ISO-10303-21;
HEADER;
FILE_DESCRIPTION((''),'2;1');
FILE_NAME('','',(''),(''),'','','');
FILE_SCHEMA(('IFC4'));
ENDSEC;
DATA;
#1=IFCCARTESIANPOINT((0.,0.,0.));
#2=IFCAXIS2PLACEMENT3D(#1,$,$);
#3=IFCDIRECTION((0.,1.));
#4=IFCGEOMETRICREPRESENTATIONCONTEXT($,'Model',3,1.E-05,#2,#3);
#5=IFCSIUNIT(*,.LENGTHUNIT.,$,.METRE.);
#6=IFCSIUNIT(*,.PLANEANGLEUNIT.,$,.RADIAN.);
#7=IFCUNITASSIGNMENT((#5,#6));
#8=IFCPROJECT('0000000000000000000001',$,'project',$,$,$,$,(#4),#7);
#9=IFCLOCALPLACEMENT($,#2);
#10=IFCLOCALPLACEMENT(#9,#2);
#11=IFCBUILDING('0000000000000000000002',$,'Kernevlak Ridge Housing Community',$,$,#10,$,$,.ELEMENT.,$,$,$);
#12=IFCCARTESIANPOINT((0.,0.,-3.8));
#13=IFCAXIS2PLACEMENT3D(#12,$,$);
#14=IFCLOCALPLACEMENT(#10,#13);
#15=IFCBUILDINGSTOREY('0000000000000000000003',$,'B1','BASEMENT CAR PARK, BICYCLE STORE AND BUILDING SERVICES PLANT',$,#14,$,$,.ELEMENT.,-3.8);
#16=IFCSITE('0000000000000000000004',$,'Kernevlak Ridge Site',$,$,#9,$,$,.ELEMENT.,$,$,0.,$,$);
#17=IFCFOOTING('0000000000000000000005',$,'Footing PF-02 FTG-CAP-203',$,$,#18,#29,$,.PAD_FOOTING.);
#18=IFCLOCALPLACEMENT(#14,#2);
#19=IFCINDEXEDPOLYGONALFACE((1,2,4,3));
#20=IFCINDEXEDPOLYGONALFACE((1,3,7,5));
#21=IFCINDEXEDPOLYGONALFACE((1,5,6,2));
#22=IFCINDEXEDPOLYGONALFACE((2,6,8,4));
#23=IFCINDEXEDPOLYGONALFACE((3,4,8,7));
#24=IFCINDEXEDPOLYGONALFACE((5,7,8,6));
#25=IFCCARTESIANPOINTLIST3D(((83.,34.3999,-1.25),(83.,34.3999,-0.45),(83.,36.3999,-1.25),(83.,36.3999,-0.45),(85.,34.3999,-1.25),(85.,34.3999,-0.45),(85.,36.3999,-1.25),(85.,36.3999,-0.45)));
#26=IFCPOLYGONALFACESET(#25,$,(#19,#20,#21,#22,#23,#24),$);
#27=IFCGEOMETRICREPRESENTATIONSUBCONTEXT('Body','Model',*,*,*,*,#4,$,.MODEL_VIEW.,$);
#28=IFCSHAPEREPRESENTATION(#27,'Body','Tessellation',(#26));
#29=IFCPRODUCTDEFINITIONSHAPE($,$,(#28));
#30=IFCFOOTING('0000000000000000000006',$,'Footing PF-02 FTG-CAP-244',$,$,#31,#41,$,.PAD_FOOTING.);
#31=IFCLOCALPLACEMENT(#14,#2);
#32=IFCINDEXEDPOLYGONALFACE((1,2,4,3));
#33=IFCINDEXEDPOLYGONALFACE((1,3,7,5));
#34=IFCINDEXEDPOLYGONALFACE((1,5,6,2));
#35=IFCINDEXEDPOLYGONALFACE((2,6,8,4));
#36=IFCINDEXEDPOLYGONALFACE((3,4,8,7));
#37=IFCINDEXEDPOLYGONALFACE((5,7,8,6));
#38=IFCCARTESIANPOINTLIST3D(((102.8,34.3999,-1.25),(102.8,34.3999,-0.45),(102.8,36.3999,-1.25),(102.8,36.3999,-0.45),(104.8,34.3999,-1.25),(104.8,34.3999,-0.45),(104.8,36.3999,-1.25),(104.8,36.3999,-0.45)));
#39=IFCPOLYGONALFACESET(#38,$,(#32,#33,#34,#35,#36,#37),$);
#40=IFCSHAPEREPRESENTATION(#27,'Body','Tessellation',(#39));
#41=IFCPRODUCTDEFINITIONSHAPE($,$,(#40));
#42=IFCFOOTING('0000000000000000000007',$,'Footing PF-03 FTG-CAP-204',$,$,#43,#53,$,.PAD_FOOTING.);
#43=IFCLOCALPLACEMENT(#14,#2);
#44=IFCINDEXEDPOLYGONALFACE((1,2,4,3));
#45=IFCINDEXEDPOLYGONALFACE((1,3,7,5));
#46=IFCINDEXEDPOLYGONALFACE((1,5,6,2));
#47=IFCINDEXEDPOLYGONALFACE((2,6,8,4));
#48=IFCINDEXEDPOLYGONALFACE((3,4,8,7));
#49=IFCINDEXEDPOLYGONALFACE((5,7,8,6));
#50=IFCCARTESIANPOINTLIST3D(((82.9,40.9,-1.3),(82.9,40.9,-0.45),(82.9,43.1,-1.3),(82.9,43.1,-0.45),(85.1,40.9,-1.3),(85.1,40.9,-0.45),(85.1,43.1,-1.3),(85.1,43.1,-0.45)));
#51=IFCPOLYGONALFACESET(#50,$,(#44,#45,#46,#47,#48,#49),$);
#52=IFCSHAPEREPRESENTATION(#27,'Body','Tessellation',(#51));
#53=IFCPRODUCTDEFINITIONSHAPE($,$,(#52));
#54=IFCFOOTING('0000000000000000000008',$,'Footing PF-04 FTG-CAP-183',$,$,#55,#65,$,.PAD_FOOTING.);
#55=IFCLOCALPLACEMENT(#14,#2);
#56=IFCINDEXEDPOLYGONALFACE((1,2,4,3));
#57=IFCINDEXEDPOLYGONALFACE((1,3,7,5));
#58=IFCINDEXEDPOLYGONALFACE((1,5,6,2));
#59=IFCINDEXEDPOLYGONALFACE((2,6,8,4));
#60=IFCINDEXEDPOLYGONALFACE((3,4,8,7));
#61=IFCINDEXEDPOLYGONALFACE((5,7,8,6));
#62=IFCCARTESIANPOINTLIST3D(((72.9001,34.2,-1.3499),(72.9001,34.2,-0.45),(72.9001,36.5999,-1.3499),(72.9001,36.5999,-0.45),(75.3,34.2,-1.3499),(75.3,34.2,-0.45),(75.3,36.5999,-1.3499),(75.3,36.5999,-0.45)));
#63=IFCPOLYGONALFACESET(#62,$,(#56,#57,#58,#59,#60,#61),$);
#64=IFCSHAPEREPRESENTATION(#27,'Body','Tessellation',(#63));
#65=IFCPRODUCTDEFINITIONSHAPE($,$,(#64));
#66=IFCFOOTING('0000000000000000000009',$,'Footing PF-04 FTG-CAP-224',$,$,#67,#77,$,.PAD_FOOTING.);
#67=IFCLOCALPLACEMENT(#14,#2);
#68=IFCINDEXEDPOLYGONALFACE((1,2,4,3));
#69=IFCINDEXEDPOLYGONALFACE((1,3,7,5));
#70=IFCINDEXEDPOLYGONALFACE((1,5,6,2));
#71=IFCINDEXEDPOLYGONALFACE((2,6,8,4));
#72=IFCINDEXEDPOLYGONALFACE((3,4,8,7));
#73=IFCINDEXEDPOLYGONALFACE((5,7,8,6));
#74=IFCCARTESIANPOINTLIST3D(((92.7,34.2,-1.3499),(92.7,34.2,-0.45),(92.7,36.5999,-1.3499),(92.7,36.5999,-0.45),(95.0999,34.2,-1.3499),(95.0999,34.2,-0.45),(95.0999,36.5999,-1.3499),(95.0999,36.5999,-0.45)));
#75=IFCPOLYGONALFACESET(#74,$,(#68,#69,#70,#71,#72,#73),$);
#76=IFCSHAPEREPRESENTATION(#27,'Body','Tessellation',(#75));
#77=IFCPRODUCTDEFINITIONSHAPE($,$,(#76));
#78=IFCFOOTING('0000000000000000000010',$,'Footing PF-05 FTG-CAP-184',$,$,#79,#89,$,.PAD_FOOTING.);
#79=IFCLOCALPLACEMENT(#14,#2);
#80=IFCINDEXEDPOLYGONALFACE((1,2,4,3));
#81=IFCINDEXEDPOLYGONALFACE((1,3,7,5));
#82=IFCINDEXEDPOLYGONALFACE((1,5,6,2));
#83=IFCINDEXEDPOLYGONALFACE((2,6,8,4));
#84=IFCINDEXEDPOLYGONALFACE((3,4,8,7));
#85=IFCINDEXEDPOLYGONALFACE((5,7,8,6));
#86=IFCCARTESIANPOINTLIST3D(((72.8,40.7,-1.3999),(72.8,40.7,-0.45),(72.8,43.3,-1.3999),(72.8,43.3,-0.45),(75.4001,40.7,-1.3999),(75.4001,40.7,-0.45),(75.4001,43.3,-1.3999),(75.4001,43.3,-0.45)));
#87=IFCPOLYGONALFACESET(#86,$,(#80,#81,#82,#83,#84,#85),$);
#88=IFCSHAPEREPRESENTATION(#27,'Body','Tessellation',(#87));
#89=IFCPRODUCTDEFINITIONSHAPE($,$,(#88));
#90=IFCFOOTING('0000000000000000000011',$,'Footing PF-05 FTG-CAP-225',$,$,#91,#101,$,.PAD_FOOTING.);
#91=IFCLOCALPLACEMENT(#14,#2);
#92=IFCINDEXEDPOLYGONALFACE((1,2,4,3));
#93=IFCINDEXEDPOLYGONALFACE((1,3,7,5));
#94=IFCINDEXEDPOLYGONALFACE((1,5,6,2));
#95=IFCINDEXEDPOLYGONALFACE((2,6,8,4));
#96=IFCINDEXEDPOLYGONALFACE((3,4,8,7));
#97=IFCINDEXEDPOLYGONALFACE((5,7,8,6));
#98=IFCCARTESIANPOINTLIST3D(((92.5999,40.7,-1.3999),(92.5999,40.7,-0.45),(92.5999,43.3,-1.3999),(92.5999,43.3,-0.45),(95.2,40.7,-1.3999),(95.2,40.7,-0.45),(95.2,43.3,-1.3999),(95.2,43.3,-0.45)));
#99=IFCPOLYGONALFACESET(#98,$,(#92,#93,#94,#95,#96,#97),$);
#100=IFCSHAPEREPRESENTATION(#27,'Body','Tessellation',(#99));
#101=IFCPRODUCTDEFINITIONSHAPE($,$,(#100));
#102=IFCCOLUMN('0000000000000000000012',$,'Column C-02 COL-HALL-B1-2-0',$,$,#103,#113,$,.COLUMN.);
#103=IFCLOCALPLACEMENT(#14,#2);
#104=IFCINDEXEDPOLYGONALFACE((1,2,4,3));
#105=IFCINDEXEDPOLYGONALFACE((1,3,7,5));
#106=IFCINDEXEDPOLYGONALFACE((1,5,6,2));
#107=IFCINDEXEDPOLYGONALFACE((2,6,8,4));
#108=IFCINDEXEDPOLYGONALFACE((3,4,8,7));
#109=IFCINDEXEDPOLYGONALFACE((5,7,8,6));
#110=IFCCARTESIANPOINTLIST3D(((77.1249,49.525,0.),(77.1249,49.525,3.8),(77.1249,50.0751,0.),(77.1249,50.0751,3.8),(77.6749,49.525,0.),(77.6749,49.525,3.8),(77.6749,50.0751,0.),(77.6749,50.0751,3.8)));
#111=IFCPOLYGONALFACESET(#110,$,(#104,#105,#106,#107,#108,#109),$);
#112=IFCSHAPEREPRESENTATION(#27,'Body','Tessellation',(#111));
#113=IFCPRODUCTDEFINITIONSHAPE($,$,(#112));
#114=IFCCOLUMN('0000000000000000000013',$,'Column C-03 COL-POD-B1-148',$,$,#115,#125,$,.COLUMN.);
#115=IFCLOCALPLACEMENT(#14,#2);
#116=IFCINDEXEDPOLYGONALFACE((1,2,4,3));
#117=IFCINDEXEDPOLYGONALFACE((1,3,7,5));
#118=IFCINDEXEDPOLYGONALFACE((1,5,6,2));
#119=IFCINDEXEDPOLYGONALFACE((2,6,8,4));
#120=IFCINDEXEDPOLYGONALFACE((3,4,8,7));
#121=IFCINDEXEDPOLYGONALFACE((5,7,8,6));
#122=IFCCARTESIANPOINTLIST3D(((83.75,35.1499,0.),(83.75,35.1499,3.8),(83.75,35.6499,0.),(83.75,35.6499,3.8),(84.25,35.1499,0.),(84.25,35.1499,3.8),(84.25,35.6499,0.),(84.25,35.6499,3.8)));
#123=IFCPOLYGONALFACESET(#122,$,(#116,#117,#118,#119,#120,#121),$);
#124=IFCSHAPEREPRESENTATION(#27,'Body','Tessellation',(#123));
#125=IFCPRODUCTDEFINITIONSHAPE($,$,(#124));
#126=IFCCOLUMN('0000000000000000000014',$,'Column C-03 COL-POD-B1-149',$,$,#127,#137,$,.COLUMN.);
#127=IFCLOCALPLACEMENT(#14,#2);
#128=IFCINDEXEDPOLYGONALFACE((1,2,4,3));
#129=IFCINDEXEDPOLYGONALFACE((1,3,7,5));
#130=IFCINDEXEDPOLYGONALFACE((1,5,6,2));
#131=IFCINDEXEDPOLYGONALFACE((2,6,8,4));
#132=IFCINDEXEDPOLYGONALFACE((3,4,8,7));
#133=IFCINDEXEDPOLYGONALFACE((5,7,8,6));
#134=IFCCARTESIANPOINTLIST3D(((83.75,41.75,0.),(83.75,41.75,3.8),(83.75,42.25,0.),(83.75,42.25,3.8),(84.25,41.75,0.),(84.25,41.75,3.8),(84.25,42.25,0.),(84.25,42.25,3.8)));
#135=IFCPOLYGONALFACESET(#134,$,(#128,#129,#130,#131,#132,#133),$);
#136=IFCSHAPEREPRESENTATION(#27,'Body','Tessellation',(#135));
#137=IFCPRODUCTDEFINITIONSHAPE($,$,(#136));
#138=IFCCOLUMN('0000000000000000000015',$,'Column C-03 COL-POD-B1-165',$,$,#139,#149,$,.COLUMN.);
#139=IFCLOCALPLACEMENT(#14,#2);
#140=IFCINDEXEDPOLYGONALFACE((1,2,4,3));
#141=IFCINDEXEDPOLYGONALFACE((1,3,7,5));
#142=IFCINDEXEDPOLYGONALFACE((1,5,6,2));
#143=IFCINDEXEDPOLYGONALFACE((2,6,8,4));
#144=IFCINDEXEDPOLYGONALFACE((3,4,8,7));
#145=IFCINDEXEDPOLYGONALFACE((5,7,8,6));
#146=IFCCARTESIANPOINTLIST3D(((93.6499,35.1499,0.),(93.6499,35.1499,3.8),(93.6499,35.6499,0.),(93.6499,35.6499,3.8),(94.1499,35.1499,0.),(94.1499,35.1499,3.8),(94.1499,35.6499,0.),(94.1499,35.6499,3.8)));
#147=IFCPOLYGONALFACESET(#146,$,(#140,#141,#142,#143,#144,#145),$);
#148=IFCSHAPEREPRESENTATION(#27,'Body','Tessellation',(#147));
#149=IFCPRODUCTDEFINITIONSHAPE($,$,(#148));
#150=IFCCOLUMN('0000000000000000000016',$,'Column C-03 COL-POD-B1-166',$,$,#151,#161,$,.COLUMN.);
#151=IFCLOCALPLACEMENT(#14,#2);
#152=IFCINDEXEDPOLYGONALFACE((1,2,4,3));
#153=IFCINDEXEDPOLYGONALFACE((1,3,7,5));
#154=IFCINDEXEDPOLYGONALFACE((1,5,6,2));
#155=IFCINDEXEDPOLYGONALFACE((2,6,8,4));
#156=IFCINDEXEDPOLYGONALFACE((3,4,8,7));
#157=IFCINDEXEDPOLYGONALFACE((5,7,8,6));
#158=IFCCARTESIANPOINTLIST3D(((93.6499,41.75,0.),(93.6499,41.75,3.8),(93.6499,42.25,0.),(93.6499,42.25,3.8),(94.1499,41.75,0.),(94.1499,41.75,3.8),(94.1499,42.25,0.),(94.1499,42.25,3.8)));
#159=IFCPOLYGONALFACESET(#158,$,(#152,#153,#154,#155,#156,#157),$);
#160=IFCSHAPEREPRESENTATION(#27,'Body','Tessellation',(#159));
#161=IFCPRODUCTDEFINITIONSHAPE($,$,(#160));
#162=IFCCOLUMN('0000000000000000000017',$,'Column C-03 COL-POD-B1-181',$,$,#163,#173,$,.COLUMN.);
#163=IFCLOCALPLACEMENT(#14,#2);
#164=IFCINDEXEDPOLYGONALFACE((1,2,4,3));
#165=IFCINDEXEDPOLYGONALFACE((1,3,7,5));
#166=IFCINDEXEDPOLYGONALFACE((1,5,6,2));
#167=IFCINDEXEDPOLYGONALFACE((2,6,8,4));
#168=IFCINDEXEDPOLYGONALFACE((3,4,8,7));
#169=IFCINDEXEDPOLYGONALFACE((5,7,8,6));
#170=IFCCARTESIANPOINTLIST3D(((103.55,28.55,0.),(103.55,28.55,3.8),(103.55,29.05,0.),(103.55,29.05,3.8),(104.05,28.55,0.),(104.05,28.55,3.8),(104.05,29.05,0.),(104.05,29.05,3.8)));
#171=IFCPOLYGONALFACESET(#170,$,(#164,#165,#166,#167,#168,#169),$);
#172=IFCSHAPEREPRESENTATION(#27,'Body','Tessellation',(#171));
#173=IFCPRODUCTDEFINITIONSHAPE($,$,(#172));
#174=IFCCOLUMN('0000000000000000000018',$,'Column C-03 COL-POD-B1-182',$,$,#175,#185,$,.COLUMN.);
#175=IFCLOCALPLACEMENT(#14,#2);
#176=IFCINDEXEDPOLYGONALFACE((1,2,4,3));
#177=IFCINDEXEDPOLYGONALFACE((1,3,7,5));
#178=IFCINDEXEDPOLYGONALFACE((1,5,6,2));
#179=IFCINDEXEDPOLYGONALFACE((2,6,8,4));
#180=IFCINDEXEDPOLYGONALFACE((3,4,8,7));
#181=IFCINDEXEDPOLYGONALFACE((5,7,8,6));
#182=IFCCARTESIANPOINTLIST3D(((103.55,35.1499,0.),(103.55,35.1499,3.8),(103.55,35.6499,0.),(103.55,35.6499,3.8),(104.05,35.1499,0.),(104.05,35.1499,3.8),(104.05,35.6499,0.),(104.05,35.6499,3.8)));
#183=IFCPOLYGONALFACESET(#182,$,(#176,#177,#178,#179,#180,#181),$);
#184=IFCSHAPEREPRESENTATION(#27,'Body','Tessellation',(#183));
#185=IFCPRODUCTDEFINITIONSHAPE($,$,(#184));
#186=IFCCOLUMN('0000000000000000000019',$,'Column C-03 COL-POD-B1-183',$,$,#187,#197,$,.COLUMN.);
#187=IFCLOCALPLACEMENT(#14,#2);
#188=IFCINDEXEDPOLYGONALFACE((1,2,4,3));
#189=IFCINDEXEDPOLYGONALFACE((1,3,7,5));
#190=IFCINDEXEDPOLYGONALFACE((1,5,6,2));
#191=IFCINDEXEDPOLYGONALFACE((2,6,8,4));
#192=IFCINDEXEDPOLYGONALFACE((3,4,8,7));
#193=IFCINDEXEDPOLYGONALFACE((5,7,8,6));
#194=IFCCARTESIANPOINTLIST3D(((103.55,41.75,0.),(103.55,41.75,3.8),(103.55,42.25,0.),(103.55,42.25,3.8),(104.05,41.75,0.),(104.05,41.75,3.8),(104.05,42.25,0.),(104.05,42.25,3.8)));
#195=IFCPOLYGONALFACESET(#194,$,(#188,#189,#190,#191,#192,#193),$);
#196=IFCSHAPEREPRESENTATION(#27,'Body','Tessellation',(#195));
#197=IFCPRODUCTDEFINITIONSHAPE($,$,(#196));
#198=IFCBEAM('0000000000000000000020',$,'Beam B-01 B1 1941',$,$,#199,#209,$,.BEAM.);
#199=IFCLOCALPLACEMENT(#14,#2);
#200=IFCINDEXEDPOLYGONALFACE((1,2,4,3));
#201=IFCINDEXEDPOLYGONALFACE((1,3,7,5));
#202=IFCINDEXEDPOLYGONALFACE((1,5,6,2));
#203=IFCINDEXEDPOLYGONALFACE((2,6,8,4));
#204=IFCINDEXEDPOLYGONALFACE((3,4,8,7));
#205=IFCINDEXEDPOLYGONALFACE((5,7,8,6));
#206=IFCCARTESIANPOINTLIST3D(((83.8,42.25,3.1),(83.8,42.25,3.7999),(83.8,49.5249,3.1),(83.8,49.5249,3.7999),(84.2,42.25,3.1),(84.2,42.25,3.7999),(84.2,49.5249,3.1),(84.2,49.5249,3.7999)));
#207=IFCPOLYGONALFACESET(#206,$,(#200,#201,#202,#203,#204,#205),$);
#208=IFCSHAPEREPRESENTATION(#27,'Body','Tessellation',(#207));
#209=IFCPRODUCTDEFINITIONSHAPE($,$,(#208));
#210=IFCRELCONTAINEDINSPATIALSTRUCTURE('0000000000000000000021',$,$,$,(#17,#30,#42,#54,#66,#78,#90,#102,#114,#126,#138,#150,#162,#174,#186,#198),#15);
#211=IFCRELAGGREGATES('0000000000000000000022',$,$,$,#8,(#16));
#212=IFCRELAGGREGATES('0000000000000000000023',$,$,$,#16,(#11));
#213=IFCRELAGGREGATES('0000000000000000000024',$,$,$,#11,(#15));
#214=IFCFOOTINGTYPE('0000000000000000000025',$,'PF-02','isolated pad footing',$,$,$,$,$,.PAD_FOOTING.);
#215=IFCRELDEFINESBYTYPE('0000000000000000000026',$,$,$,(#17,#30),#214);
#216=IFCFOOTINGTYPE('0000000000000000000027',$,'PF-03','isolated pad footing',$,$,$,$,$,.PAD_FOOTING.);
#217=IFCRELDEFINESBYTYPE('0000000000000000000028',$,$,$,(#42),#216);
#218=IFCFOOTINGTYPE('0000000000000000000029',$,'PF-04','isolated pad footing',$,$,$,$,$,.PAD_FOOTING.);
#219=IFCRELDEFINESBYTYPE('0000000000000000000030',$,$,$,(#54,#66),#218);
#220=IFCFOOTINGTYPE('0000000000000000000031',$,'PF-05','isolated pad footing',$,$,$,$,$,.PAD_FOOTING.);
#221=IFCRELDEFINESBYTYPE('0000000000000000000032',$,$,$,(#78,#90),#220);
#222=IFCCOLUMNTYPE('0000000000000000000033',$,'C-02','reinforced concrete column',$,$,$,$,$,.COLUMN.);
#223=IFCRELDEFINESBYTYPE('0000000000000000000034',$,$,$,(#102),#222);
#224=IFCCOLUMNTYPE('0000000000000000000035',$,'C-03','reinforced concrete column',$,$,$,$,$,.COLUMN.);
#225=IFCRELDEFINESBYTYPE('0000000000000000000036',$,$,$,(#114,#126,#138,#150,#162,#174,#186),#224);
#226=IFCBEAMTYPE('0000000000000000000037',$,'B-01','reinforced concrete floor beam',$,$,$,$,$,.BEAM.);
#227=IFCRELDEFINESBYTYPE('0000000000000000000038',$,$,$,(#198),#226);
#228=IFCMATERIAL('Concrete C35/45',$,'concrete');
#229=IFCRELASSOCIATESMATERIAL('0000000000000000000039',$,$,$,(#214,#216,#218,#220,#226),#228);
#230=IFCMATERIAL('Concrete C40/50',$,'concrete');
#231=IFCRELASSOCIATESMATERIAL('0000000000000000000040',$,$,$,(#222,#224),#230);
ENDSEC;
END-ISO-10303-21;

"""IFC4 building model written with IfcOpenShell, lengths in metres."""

from ifc_helpers import new_model, si_unit, direction, frame, origin, origin_2d, place, context, subcontext, project, spatial, rectangle, extrude, material, material_profile, profile_set, type_object, element, save


model = new_model("IFC4")

# Units and contexts
model_context = context("Model", 3, precision=1e-05, world=origin(), true_north=direction((0.0, 1.0)))
body_context = subcontext(model_context, "Body", "Model", "MODEL_VIEW")
ifc_project = project(units=[si_unit("LENGTHUNIT", "METRE"), si_unit("PLANEANGLEUNIT", "RADIAN")], contexts=[model_context])

# Site, building, storey
site_placement = place(None, origin())
site = spatial("IfcSite", under=ifc_project, at=site_placement, Name="Kernevlak Ridge Site", CompositionType="ELEMENT", RefElevation=0.0)
building_placement = place(site_placement, origin())
building = spatial("IfcBuilding", under=site, at=building_placement, Name="Kernevlak Ridge Housing Community", CompositionType="ELEMENT")
storey_placement = place(building_placement, frame((0.0, 0.0, -3.8)))
storey = spatial("IfcBuildingStorey", under=building, at=storey_placement, Name="B1", Description="BASEMENT CAR PARK, BICYCLE STORE AND BUILDING SERVICES PLANT", CompositionType="ELEMENT", Elevation=-3.8)

# Shared definitions
ifc_material_1 = material(Name="Concrete C35/45", Category="concrete")

# Footings
footing_type_1 = type_object("IfcFootingType", Name="PF-02", Description="isolated pad footing", PredefinedType="PAD_FOOTING", material=ifc_material_1)
for number, where, z_axis, x_axis, name in (
    (1, (84.0, 35.3999, -1.25), (0.0, 0.0, 1.0), (1.0, 0.0, 0.0), "Footing PF-02 FTG-CAP-203"),
    (2, (103.8, 35.3999, -1.25), (0.0, 0.0, 1.0), (1.0, 0.0, 0.0), "Footing PF-02 FTG-CAP-244"),
):
    element("IfcFooting", number, at=place(storey_placement, frame(where, z_axis=z_axis, x_axis=x_axis)), inside=storey, type_object=footing_type_1, Name=name, PredefinedType="PAD_FOOTING", context=body_context, shape_type="SweptSolid", body=[
        extrude(rectangle(XDim=2.0, YDim=2.0, at=origin_2d()), origin(), (0.0, 0.0, 1.0), 0.8),
    ])
footing_type_2 = type_object("IfcFootingType", Name="PF-03", Description="isolated pad footing", PredefinedType="PAD_FOOTING", material=ifc_material_1)
footing_1_placement = place(storey_placement, frame((84.0, 42.0, -1.3), z_axis=(0.0, 0.0, 1.0), x_axis=(1.0, 0.0, 0.0)))
element("IfcFooting", 3, at=footing_1_placement, inside=storey, type_object=footing_type_2, Name="Footing PF-03 FTG-CAP-204", PredefinedType="PAD_FOOTING", context=body_context, shape_type="SweptSolid", body=[
    extrude(rectangle(XDim=2.2, YDim=2.2, at=origin_2d()), origin(), (0.0, 0.0, 1.0), 0.8501),
])
footing_type_3 = type_object("IfcFootingType", Name="PF-04", Description="isolated pad footing", PredefinedType="PAD_FOOTING", material=ifc_material_1)
for number, where, z_axis, x_axis, name in (
    (4, (74.1001, 35.3999, -1.3499), (0.0, 0.0, 1.0), (1.0, 0.0, 0.0), "Footing PF-04 FTG-CAP-183"),
    (5, (93.8999, 35.3999, -1.3499), (0.0, 0.0, 1.0), (1.0, 0.0, 0.0), "Footing PF-04 FTG-CAP-224"),
):
    element("IfcFooting", number, at=place(storey_placement, frame(where, z_axis=z_axis, x_axis=x_axis)), inside=storey, type_object=footing_type_3, Name=name, PredefinedType="PAD_FOOTING", context=body_context, shape_type="SweptSolid", body=[
        extrude(rectangle(XDim=2.3999, YDim=2.3999, at=origin_2d()), origin(), (0.0, 0.0, 1.0), 0.8999),
    ])
footing_type_4 = type_object("IfcFootingType", Name="PF-05", Description="isolated pad footing", PredefinedType="PAD_FOOTING", material=ifc_material_1)
for number, where, z_axis, x_axis, name in (
    (6, (74.1001, 42.0, -1.3999), (0.0, 0.0, 1.0), (1.0, 0.0, 0.0), "Footing PF-05 FTG-CAP-184"),
    (7, (93.8999, 42.0, -1.3999), (0.0, 0.0, 1.0), (1.0, 0.0, 0.0), "Footing PF-05 FTG-CAP-225"),
):
    element("IfcFooting", number, at=place(storey_placement, frame(where, z_axis=z_axis, x_axis=x_axis)), inside=storey, type_object=footing_type_4, Name=name, PredefinedType="PAD_FOOTING", context=body_context, shape_type="SweptSolid", body=[
        extrude(rectangle(XDim=2.6001, YDim=2.6001, at=origin_2d()), origin(), (0.0, 0.0, 1.0), 0.95),
    ])

# Columns
ifc_material_2 = material(Name="Concrete C40/50", Category="concrete")
ifc_material_profile_1 = material_profile(ifc_material_2, rectangle(XDim=0.55, YDim=0.55, at=origin_2d()), Name="RC 550x550")
ifc_profile_set_1 = profile_set([ifc_material_profile_1], Name="Concrete C40/50")
column_type_1 = type_object("IfcColumnType", Name="C-02", Description="reinforced concrete column", PredefinedType="COLUMN", material=ifc_profile_set_1)
column_placement = place(storey_placement, frame((77.3999, 49.8, 0.0), z_axis=(0.0, 0.0, 1.0), x_axis=(1.0, 0.0, 0.0)))
element("IfcColumn", 8, at=column_placement, inside=storey, type_object=column_type_1, Name="Column C-02 COL-HALL-B1-2-0", PredefinedType="COLUMN", context=body_context, shape_type="SweptSolid", body=[
    extrude(rectangle(XDim=0.55, YDim=0.55, at=origin_2d()), origin(), (0.0, 0.0, 1.0), 3.8),
])
ifc_material_profile_2 = material_profile(ifc_material_2, rectangle(XDim=0.5, YDim=0.5, at=origin_2d()), Name="RC 500x500")
ifc_profile_set_2 = profile_set([ifc_material_profile_2], Name="Concrete C40/50")
column_type_2 = type_object("IfcColumnType", Name="C-03", Description="reinforced concrete column", PredefinedType="COLUMN", material=ifc_profile_set_2)
for number, where, z_axis, x_axis, name in (
    (9, (84.0, 35.3999, 0.0), (0.0, 0.0, 1.0), (1.0, 0.0, 0.0), "Column C-03 COL-POD-B1-148"),
    (10, (84.0, 42.0, 0.0), (0.0, 0.0, 1.0), (1.0, 0.0, 0.0), "Column C-03 COL-POD-B1-149"),
    (11, (93.8999, 35.3999, 0.0), (0.0, 0.0, 1.0), (1.0, 0.0, 0.0), "Column C-03 COL-POD-B1-165"),
    (12, (93.8999, 42.0, 0.0), (0.0, 0.0, 1.0), (1.0, 0.0, 0.0), "Column C-03 COL-POD-B1-166"),
    (13, (103.8, 28.8, 0.0), (0.0, 0.0, 1.0), (1.0, 0.0, 0.0), "Column C-03 COL-POD-B1-181"),
    (14, (103.8, 35.3999, 0.0), (0.0, 0.0, 1.0), (1.0, 0.0, 0.0), "Column C-03 COL-POD-B1-182"),
    (15, (103.8, 42.0, 0.0), (0.0, 0.0, 1.0), (1.0, 0.0, 0.0), "Column C-03 COL-POD-B1-183"),
):
    element("IfcColumn", number, at=place(storey_placement, frame(where, z_axis=z_axis, x_axis=x_axis)), inside=storey, type_object=column_type_2, Name=name, PredefinedType="COLUMN", context=body_context, shape_type="SweptSolid", body=[
        extrude(rectangle(XDim=0.5, YDim=0.5, at=origin_2d()), origin(), (0.0, 0.0, 1.0), 3.8),
    ])

# Beam
ifc_material_profile_3 = material_profile(ifc_material_1, rectangle(XDim=0.3999, YDim=0.7, at=origin_2d()), Name="RC 400x700")
ifc_profile_set_3 = profile_set([ifc_material_profile_3], Name="Concrete C35/45")
beam_type_1 = type_object("IfcBeamType", Name="B-01", Description="reinforced concrete floor beam", PredefinedType="BEAM", material=ifc_profile_set_3)
beam_1_placement = place(storey_placement, frame((84.0, 42.25, 3.45), z_axis=(0.0, 1.0, 0.0), x_axis=(-1.0, 0.0, 0.0)))
element("IfcBeam", 16, at=beam_1_placement, inside=storey, type_object=beam_type_1, Name="Beam B-01 B1 1941", PredefinedType="BEAM", context=body_context, shape_type="SweptSolid", body=[
    extrude(rectangle(XDim=0.3999, YDim=0.7, at=origin_2d()), origin(), (0.0, 0.0, 1.0), 7.2749),
])

save(model, "model.ifc")
